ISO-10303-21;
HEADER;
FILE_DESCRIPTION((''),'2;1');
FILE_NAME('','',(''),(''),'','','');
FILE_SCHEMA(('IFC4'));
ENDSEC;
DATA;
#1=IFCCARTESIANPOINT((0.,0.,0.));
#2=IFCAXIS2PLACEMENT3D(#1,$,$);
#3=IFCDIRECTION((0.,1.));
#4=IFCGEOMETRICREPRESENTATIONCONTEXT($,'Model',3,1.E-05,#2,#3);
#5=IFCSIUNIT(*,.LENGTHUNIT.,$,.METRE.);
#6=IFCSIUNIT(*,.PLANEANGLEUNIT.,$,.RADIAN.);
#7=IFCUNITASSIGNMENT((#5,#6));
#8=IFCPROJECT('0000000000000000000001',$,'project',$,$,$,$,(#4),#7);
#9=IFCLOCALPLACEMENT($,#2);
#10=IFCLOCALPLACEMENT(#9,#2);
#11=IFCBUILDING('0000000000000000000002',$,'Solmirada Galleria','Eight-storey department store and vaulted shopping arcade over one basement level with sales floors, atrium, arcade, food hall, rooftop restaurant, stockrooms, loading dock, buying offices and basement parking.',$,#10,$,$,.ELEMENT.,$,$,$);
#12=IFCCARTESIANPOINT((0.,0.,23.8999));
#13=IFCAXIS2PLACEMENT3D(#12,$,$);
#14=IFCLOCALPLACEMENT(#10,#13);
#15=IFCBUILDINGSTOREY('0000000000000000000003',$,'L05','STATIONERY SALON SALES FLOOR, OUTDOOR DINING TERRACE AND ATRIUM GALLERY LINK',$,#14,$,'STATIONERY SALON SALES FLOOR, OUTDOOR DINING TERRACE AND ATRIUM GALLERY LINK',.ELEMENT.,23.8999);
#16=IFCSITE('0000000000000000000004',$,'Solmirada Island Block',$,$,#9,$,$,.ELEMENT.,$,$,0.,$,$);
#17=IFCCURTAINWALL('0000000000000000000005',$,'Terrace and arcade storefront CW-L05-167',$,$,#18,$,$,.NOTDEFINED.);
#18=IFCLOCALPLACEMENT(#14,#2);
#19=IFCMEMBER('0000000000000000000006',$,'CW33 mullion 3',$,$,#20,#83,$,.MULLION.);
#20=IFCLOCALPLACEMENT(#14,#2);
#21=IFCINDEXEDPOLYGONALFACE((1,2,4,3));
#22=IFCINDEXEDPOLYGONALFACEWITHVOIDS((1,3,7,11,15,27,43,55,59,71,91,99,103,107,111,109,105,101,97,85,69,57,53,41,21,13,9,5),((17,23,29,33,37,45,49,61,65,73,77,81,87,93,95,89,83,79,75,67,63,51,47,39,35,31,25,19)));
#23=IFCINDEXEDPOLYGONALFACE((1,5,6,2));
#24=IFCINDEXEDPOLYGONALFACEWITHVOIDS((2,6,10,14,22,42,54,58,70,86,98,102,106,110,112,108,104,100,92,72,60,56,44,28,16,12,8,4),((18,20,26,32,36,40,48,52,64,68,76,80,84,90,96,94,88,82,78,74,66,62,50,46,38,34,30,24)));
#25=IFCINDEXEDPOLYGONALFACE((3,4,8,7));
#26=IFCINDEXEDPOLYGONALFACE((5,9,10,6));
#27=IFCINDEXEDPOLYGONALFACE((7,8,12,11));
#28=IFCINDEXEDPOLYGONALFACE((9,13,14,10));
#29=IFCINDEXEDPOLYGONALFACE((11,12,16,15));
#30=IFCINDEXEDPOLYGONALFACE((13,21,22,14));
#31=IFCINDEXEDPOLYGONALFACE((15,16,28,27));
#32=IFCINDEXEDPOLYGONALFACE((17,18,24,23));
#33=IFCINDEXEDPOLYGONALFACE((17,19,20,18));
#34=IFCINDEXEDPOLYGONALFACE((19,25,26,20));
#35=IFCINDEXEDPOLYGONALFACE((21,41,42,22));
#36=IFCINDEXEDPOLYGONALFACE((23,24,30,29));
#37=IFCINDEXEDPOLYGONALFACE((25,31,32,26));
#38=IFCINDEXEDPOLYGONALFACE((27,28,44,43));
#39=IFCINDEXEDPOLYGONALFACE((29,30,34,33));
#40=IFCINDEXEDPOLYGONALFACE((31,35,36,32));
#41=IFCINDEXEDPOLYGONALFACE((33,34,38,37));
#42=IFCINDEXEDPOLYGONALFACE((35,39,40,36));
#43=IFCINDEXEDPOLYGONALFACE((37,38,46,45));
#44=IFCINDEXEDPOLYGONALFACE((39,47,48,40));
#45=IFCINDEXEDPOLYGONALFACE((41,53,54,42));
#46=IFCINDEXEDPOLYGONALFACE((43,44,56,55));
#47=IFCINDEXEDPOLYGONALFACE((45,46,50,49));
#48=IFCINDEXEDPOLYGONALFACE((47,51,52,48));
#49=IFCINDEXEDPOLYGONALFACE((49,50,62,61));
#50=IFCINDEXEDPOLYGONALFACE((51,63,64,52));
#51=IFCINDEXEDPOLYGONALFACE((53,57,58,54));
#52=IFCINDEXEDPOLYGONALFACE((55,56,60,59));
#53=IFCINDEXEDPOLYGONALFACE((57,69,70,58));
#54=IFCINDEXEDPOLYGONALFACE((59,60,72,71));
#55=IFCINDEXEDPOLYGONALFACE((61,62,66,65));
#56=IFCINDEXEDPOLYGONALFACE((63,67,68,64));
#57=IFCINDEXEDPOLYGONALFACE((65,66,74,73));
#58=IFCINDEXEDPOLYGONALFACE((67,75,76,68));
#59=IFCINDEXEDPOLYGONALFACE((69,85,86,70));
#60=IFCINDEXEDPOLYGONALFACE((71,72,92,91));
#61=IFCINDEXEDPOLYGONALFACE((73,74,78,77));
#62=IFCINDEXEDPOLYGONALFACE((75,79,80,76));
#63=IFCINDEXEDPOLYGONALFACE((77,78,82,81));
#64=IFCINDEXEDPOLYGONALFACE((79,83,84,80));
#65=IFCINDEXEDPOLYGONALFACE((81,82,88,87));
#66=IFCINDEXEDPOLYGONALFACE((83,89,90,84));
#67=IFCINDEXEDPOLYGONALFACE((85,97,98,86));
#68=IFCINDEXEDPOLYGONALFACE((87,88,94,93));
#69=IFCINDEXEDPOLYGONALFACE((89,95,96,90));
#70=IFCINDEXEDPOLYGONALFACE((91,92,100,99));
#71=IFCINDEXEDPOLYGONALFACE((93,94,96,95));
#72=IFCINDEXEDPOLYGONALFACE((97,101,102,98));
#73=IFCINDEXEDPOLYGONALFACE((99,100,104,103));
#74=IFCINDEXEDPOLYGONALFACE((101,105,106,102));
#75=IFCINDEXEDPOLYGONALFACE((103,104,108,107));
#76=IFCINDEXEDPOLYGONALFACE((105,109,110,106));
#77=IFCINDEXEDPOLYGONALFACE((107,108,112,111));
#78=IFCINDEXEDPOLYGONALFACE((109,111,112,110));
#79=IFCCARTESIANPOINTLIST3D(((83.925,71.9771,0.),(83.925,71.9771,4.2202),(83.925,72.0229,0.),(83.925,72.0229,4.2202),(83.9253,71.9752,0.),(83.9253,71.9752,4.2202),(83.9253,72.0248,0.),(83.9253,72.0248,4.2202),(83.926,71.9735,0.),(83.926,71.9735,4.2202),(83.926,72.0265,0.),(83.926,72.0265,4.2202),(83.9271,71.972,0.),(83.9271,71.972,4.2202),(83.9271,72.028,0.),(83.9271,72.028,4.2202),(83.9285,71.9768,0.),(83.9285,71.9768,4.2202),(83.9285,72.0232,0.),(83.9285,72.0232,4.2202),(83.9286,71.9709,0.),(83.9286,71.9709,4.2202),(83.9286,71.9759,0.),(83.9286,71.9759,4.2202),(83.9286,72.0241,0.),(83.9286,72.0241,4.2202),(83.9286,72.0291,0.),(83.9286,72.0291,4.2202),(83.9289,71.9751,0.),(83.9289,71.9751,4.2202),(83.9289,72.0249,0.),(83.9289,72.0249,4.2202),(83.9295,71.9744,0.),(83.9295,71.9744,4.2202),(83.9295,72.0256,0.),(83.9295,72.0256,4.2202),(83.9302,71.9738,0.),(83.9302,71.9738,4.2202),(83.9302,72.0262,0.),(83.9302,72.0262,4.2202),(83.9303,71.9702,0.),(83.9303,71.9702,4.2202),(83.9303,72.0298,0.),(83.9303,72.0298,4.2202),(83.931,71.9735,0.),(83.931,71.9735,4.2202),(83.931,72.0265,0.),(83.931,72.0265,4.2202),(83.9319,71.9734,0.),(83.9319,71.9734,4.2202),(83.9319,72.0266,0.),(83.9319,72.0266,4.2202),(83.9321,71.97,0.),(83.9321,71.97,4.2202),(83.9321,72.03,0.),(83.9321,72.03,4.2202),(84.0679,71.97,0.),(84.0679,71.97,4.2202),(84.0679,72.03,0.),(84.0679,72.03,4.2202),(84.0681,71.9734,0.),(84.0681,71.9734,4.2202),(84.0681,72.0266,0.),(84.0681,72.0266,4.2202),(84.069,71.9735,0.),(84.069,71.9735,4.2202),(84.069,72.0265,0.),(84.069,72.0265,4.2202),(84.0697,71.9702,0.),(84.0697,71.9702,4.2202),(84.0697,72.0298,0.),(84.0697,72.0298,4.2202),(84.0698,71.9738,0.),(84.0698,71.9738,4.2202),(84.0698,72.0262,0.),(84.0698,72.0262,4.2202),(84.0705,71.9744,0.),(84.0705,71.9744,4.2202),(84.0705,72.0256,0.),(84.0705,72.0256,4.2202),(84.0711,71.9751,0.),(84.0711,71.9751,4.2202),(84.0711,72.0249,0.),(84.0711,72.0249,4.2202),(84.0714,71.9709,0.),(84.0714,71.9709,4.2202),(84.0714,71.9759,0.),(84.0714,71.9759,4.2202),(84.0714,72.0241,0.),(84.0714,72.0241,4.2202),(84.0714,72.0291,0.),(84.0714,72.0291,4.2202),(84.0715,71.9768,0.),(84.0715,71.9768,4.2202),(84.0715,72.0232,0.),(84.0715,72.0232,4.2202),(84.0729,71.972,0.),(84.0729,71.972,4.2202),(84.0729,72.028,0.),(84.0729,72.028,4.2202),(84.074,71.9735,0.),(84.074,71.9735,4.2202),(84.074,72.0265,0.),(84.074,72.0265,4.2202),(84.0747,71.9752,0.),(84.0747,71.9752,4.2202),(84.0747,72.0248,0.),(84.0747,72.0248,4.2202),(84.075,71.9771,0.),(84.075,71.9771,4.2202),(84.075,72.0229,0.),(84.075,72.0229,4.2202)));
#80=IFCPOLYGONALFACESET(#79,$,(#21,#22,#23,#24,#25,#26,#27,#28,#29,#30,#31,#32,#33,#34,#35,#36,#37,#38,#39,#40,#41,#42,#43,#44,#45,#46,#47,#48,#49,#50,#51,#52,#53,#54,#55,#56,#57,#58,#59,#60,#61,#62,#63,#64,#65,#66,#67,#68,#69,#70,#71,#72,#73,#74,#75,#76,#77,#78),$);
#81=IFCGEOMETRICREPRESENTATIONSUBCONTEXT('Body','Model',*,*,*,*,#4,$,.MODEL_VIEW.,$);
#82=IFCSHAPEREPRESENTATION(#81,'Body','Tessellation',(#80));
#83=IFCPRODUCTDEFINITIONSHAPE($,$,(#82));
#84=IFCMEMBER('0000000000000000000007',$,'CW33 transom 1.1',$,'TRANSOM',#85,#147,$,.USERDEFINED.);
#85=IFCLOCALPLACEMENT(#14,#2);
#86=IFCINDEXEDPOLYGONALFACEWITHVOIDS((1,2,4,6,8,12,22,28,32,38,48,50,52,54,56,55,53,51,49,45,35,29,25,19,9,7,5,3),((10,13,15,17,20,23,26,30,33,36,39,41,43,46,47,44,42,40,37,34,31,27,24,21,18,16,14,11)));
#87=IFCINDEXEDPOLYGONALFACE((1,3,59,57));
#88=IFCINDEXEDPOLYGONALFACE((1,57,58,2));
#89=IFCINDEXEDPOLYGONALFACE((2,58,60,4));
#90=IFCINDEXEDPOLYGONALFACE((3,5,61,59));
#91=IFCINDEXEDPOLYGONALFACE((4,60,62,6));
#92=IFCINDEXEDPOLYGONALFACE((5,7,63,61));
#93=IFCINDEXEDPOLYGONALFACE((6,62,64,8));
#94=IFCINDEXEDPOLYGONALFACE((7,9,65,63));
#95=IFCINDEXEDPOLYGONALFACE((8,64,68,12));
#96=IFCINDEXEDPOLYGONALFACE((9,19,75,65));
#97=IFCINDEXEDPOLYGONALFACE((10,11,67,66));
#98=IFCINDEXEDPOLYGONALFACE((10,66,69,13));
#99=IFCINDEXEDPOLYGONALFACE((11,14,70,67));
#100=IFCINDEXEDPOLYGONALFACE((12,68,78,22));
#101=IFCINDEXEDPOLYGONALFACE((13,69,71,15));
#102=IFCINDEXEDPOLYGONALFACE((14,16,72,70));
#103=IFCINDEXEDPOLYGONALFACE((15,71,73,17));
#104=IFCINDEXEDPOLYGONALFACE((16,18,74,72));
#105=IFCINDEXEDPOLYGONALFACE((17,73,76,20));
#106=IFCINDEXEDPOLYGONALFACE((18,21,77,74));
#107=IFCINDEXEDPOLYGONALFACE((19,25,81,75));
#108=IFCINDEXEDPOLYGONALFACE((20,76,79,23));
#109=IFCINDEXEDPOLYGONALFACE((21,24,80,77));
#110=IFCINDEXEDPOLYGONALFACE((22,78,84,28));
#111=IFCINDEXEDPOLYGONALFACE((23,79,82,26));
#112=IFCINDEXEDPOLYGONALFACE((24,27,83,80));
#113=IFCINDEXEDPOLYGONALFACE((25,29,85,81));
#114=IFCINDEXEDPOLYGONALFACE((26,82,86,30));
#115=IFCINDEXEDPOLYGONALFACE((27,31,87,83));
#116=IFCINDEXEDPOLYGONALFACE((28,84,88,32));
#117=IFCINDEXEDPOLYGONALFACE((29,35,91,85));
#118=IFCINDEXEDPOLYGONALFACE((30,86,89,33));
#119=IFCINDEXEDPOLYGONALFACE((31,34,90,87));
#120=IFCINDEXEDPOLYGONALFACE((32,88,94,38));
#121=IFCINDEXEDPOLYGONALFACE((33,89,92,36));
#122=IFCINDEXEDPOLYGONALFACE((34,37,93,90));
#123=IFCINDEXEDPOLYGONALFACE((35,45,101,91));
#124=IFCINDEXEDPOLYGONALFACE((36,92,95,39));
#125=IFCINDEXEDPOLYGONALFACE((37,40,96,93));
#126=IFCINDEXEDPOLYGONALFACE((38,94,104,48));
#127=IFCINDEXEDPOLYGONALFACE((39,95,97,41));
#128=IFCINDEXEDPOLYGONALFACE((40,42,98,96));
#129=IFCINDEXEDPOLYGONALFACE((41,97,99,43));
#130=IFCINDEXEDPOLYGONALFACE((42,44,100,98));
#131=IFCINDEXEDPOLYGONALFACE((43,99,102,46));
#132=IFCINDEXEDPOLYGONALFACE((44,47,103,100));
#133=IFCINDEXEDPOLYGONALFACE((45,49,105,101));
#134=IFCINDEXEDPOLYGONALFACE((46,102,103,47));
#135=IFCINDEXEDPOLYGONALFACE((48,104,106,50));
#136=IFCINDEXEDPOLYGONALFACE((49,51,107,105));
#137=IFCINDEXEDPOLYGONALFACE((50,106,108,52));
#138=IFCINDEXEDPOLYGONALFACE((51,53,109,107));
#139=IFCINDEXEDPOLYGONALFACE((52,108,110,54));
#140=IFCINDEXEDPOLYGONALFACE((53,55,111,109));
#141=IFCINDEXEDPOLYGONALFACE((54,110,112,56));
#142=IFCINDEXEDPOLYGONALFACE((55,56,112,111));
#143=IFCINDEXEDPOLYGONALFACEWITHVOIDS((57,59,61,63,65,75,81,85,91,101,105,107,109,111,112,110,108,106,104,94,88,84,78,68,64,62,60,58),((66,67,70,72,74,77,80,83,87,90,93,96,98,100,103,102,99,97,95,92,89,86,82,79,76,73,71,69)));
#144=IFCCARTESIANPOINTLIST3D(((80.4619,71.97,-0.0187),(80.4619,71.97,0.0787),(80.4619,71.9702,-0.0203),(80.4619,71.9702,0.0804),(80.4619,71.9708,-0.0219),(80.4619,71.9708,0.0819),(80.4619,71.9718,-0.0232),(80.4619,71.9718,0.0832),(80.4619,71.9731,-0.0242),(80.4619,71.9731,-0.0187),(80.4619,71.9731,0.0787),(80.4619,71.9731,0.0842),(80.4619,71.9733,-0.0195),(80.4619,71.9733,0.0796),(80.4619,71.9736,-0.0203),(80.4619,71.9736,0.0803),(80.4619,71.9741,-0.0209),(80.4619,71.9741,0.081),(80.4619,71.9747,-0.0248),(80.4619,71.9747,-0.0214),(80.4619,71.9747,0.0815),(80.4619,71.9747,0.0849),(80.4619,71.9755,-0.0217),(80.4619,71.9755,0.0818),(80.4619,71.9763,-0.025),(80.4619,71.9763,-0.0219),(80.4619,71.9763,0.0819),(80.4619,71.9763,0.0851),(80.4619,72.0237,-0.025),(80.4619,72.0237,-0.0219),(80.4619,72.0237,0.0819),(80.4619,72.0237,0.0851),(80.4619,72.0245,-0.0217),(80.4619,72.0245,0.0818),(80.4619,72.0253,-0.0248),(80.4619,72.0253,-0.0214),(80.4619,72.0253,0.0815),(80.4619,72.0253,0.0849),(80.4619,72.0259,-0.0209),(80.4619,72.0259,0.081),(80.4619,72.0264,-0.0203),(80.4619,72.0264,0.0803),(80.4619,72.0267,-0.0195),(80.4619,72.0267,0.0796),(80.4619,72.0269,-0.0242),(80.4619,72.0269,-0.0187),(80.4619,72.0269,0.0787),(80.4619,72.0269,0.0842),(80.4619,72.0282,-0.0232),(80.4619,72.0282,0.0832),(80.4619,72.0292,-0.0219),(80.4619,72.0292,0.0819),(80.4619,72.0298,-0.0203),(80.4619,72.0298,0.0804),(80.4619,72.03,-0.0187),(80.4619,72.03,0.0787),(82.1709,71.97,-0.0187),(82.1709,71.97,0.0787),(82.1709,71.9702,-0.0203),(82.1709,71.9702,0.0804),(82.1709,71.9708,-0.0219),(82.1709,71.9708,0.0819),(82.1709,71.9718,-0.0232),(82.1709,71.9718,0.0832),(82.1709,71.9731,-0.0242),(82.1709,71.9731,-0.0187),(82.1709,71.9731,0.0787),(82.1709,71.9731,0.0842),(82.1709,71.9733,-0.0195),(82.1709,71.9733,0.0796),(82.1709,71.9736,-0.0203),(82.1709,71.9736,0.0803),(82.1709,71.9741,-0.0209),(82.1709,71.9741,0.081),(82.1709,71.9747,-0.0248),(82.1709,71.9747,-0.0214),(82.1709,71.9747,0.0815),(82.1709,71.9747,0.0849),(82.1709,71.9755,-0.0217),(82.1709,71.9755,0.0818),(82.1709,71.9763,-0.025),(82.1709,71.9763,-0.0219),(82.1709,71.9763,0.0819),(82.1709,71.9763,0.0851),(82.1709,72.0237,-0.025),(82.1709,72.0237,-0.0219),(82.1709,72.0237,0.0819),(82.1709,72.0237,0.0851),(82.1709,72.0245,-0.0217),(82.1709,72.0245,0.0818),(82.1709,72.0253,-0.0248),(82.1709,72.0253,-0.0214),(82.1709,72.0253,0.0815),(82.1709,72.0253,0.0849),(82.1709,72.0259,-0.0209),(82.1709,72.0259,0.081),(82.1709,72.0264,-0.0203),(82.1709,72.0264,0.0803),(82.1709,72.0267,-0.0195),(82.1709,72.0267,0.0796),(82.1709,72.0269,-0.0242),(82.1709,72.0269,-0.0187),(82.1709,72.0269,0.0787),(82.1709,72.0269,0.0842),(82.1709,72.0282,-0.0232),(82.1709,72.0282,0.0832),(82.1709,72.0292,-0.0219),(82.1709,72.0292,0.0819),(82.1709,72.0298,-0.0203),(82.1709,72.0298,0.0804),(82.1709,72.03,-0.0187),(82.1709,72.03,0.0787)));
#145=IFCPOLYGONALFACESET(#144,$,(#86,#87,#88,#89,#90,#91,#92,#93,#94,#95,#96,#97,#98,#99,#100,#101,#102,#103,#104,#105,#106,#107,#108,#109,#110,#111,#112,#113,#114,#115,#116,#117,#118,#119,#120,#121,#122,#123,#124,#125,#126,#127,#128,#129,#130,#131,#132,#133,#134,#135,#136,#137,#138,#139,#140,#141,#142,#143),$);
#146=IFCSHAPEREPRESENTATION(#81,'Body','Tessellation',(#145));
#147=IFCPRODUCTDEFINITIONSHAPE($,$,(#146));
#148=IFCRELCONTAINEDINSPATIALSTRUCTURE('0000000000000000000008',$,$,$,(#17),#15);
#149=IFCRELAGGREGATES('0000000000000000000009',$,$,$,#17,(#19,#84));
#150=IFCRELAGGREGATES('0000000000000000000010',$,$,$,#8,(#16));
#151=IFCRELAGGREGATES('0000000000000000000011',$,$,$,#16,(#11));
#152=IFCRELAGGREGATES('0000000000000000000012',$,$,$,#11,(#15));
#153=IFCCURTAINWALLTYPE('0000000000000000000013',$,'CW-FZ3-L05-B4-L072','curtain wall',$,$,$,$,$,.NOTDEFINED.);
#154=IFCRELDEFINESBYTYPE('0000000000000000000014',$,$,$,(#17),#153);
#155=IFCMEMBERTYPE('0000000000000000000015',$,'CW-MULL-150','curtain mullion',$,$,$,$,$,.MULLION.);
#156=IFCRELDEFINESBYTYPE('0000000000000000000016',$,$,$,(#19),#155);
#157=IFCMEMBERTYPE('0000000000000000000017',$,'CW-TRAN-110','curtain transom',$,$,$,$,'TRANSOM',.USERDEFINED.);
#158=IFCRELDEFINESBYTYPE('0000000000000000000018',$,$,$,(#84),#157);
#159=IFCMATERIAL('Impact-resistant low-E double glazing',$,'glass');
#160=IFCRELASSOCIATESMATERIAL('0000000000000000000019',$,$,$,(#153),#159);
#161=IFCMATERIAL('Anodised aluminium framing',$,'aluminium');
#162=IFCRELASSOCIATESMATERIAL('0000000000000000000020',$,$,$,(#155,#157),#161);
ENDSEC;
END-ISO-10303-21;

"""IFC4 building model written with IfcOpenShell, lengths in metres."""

from ifc_helpers import new_model, si_unit, direction, frame, origin, origin_2d, place, context, subcontext, project, spatial, hollow_rectangle, extrude, material, material_profile, profile_set, type_object, element, aggregate, save


model = new_model("IFC4")

# Units and contexts
model_context = context("Model", 3, precision=1e-05, world=origin(), true_north=direction((0.0, 1.0)))
body_context = subcontext(model_context, "Body", "Model", "MODEL_VIEW")
ifc_project = project(units=[si_unit("LENGTHUNIT", "METRE"), si_unit("PLANEANGLEUNIT", "RADIAN")], contexts=[model_context])

# Site, building, storey
site_placement = place(None, origin())
site = spatial("IfcSite", under=ifc_project, at=site_placement, Name="Solmirada Island Block", CompositionType="ELEMENT", RefElevation=0.0)
building_placement = place(site_placement, origin())
building = spatial("IfcBuilding", under=site, at=building_placement, Name="Solmirada Galleria", Description="Eight-storey department store and vaulted shopping arcade over one basement level with sales floors, atrium, arcade, food hall, rooftop restaurant, stockrooms, loading dock, buying offices and basement parking.", CompositionType="ELEMENT")
storey_placement = place(building_placement, frame((0.0, 0.0, 23.8999)))
storey = spatial("IfcBuildingStorey", under=building, at=storey_placement, Name="L05", Description="STATIONERY SALON SALES FLOOR, OUTDOOR DINING TERRACE AND ATRIUM GALLERY LINK", LongName="STATIONERY SALON SALES FLOOR, OUTDOOR DINING TERRACE AND ATRIUM GALLERY LINK", CompositionType="ELEMENT", Elevation=23.8999)

# Curtain wall, members
ifc_material_1 = material(Name="Impact-resistant low-E double glazing", Category="glass")
curtain_wall_type = type_object("IfcCurtainWallType", Name="CW-FZ3-L05-B4-L072", Description="curtain wall", PredefinedType="NOTDEFINED", material=ifc_material_1)
curtain_wall_placement = place(storey_placement, origin())
curtain_wall = element("IfcCurtainWall", 1, at=curtain_wall_placement, inside=storey, type_object=curtain_wall_type, Name="Terrace and arcade storefront CW-L05-167", PredefinedType="NOTDEFINED")
ifc_material_2 = material(Name="Anodised aluminium framing", Category="aluminium")
ifc_material_profile_1 = material_profile(ifc_material_2, hollow_rectangle(XDim=0.0601, YDim=0.1499, WallThickness=0.0034, InnerFilletRadius=0.0034, OuterFilletRadius=0.0071, at=origin_2d()), Name="ALU-MULL-150X60")
ifc_profile_set_1 = profile_set([ifc_material_profile_1], Name="Anodised aluminium framing")
member_type_1 = type_object("IfcMemberType", Name="CW-MULL-150", Description="curtain mullion", PredefinedType="MULLION", material=ifc_profile_set_1)
member_1_placement = place(storey_placement, frame((84.0, 72.0, 0.0), z_axis=(0.0, 0.0, 1.0), x_axis=(0.0, 1.0, 0.0)))
member_1 = element("IfcMember", 2, at=member_1_placement, type_object=member_type_1, Name="CW33 mullion 3", PredefinedType="MULLION", context=body_context, shape_type="SweptSolid", body=[
    extrude(hollow_rectangle(XDim=0.0601, YDim=0.1499, WallThickness=0.0034, InnerFilletRadius=0.0034, OuterFilletRadius=0.0071, at=origin_2d()), origin(), (0.0, 0.0, 1.0), 4.2202),
])
ifc_material_profile_2 = material_profile(ifc_material_2, hollow_rectangle(XDim=0.0601, YDim=0.1101, WallThickness=0.0032, InnerFilletRadius=0.0032, OuterFilletRadius=0.0063, at=origin_2d()), Name="ALU-TRAN-110X60")
ifc_profile_set_2 = profile_set([ifc_material_profile_2], Name="Anodised aluminium framing")
member_type_2 = type_object("IfcMemberType", Name="CW-TRAN-110", Description="curtain transom", ElementType="TRANSOM", PredefinedType="USERDEFINED", material=ifc_profile_set_2)
member_2_placement = place(storey_placement, frame((80.4619, 72.0, 0.03), z_axis=(1.0, 0.0, 0.0), x_axis=(0.0, 1.0, 0.0)))
member_2 = element("IfcMember", 3, at=member_2_placement, type_object=member_type_2, Name="CW33 transom 1.1", ObjectType="TRANSOM", PredefinedType="USERDEFINED", context=body_context, shape_type="SweptSolid", body=[
    extrude(hollow_rectangle(XDim=0.0601, YDim=0.1101, WallThickness=0.0032, InnerFilletRadius=0.0032, OuterFilletRadius=0.0063, at=origin_2d()), origin(), (0.0, 0.0, 1.0), 1.709),
])
aggregate(curtain_wall, [member_1, member_2])

save(model, "model.ifc")
